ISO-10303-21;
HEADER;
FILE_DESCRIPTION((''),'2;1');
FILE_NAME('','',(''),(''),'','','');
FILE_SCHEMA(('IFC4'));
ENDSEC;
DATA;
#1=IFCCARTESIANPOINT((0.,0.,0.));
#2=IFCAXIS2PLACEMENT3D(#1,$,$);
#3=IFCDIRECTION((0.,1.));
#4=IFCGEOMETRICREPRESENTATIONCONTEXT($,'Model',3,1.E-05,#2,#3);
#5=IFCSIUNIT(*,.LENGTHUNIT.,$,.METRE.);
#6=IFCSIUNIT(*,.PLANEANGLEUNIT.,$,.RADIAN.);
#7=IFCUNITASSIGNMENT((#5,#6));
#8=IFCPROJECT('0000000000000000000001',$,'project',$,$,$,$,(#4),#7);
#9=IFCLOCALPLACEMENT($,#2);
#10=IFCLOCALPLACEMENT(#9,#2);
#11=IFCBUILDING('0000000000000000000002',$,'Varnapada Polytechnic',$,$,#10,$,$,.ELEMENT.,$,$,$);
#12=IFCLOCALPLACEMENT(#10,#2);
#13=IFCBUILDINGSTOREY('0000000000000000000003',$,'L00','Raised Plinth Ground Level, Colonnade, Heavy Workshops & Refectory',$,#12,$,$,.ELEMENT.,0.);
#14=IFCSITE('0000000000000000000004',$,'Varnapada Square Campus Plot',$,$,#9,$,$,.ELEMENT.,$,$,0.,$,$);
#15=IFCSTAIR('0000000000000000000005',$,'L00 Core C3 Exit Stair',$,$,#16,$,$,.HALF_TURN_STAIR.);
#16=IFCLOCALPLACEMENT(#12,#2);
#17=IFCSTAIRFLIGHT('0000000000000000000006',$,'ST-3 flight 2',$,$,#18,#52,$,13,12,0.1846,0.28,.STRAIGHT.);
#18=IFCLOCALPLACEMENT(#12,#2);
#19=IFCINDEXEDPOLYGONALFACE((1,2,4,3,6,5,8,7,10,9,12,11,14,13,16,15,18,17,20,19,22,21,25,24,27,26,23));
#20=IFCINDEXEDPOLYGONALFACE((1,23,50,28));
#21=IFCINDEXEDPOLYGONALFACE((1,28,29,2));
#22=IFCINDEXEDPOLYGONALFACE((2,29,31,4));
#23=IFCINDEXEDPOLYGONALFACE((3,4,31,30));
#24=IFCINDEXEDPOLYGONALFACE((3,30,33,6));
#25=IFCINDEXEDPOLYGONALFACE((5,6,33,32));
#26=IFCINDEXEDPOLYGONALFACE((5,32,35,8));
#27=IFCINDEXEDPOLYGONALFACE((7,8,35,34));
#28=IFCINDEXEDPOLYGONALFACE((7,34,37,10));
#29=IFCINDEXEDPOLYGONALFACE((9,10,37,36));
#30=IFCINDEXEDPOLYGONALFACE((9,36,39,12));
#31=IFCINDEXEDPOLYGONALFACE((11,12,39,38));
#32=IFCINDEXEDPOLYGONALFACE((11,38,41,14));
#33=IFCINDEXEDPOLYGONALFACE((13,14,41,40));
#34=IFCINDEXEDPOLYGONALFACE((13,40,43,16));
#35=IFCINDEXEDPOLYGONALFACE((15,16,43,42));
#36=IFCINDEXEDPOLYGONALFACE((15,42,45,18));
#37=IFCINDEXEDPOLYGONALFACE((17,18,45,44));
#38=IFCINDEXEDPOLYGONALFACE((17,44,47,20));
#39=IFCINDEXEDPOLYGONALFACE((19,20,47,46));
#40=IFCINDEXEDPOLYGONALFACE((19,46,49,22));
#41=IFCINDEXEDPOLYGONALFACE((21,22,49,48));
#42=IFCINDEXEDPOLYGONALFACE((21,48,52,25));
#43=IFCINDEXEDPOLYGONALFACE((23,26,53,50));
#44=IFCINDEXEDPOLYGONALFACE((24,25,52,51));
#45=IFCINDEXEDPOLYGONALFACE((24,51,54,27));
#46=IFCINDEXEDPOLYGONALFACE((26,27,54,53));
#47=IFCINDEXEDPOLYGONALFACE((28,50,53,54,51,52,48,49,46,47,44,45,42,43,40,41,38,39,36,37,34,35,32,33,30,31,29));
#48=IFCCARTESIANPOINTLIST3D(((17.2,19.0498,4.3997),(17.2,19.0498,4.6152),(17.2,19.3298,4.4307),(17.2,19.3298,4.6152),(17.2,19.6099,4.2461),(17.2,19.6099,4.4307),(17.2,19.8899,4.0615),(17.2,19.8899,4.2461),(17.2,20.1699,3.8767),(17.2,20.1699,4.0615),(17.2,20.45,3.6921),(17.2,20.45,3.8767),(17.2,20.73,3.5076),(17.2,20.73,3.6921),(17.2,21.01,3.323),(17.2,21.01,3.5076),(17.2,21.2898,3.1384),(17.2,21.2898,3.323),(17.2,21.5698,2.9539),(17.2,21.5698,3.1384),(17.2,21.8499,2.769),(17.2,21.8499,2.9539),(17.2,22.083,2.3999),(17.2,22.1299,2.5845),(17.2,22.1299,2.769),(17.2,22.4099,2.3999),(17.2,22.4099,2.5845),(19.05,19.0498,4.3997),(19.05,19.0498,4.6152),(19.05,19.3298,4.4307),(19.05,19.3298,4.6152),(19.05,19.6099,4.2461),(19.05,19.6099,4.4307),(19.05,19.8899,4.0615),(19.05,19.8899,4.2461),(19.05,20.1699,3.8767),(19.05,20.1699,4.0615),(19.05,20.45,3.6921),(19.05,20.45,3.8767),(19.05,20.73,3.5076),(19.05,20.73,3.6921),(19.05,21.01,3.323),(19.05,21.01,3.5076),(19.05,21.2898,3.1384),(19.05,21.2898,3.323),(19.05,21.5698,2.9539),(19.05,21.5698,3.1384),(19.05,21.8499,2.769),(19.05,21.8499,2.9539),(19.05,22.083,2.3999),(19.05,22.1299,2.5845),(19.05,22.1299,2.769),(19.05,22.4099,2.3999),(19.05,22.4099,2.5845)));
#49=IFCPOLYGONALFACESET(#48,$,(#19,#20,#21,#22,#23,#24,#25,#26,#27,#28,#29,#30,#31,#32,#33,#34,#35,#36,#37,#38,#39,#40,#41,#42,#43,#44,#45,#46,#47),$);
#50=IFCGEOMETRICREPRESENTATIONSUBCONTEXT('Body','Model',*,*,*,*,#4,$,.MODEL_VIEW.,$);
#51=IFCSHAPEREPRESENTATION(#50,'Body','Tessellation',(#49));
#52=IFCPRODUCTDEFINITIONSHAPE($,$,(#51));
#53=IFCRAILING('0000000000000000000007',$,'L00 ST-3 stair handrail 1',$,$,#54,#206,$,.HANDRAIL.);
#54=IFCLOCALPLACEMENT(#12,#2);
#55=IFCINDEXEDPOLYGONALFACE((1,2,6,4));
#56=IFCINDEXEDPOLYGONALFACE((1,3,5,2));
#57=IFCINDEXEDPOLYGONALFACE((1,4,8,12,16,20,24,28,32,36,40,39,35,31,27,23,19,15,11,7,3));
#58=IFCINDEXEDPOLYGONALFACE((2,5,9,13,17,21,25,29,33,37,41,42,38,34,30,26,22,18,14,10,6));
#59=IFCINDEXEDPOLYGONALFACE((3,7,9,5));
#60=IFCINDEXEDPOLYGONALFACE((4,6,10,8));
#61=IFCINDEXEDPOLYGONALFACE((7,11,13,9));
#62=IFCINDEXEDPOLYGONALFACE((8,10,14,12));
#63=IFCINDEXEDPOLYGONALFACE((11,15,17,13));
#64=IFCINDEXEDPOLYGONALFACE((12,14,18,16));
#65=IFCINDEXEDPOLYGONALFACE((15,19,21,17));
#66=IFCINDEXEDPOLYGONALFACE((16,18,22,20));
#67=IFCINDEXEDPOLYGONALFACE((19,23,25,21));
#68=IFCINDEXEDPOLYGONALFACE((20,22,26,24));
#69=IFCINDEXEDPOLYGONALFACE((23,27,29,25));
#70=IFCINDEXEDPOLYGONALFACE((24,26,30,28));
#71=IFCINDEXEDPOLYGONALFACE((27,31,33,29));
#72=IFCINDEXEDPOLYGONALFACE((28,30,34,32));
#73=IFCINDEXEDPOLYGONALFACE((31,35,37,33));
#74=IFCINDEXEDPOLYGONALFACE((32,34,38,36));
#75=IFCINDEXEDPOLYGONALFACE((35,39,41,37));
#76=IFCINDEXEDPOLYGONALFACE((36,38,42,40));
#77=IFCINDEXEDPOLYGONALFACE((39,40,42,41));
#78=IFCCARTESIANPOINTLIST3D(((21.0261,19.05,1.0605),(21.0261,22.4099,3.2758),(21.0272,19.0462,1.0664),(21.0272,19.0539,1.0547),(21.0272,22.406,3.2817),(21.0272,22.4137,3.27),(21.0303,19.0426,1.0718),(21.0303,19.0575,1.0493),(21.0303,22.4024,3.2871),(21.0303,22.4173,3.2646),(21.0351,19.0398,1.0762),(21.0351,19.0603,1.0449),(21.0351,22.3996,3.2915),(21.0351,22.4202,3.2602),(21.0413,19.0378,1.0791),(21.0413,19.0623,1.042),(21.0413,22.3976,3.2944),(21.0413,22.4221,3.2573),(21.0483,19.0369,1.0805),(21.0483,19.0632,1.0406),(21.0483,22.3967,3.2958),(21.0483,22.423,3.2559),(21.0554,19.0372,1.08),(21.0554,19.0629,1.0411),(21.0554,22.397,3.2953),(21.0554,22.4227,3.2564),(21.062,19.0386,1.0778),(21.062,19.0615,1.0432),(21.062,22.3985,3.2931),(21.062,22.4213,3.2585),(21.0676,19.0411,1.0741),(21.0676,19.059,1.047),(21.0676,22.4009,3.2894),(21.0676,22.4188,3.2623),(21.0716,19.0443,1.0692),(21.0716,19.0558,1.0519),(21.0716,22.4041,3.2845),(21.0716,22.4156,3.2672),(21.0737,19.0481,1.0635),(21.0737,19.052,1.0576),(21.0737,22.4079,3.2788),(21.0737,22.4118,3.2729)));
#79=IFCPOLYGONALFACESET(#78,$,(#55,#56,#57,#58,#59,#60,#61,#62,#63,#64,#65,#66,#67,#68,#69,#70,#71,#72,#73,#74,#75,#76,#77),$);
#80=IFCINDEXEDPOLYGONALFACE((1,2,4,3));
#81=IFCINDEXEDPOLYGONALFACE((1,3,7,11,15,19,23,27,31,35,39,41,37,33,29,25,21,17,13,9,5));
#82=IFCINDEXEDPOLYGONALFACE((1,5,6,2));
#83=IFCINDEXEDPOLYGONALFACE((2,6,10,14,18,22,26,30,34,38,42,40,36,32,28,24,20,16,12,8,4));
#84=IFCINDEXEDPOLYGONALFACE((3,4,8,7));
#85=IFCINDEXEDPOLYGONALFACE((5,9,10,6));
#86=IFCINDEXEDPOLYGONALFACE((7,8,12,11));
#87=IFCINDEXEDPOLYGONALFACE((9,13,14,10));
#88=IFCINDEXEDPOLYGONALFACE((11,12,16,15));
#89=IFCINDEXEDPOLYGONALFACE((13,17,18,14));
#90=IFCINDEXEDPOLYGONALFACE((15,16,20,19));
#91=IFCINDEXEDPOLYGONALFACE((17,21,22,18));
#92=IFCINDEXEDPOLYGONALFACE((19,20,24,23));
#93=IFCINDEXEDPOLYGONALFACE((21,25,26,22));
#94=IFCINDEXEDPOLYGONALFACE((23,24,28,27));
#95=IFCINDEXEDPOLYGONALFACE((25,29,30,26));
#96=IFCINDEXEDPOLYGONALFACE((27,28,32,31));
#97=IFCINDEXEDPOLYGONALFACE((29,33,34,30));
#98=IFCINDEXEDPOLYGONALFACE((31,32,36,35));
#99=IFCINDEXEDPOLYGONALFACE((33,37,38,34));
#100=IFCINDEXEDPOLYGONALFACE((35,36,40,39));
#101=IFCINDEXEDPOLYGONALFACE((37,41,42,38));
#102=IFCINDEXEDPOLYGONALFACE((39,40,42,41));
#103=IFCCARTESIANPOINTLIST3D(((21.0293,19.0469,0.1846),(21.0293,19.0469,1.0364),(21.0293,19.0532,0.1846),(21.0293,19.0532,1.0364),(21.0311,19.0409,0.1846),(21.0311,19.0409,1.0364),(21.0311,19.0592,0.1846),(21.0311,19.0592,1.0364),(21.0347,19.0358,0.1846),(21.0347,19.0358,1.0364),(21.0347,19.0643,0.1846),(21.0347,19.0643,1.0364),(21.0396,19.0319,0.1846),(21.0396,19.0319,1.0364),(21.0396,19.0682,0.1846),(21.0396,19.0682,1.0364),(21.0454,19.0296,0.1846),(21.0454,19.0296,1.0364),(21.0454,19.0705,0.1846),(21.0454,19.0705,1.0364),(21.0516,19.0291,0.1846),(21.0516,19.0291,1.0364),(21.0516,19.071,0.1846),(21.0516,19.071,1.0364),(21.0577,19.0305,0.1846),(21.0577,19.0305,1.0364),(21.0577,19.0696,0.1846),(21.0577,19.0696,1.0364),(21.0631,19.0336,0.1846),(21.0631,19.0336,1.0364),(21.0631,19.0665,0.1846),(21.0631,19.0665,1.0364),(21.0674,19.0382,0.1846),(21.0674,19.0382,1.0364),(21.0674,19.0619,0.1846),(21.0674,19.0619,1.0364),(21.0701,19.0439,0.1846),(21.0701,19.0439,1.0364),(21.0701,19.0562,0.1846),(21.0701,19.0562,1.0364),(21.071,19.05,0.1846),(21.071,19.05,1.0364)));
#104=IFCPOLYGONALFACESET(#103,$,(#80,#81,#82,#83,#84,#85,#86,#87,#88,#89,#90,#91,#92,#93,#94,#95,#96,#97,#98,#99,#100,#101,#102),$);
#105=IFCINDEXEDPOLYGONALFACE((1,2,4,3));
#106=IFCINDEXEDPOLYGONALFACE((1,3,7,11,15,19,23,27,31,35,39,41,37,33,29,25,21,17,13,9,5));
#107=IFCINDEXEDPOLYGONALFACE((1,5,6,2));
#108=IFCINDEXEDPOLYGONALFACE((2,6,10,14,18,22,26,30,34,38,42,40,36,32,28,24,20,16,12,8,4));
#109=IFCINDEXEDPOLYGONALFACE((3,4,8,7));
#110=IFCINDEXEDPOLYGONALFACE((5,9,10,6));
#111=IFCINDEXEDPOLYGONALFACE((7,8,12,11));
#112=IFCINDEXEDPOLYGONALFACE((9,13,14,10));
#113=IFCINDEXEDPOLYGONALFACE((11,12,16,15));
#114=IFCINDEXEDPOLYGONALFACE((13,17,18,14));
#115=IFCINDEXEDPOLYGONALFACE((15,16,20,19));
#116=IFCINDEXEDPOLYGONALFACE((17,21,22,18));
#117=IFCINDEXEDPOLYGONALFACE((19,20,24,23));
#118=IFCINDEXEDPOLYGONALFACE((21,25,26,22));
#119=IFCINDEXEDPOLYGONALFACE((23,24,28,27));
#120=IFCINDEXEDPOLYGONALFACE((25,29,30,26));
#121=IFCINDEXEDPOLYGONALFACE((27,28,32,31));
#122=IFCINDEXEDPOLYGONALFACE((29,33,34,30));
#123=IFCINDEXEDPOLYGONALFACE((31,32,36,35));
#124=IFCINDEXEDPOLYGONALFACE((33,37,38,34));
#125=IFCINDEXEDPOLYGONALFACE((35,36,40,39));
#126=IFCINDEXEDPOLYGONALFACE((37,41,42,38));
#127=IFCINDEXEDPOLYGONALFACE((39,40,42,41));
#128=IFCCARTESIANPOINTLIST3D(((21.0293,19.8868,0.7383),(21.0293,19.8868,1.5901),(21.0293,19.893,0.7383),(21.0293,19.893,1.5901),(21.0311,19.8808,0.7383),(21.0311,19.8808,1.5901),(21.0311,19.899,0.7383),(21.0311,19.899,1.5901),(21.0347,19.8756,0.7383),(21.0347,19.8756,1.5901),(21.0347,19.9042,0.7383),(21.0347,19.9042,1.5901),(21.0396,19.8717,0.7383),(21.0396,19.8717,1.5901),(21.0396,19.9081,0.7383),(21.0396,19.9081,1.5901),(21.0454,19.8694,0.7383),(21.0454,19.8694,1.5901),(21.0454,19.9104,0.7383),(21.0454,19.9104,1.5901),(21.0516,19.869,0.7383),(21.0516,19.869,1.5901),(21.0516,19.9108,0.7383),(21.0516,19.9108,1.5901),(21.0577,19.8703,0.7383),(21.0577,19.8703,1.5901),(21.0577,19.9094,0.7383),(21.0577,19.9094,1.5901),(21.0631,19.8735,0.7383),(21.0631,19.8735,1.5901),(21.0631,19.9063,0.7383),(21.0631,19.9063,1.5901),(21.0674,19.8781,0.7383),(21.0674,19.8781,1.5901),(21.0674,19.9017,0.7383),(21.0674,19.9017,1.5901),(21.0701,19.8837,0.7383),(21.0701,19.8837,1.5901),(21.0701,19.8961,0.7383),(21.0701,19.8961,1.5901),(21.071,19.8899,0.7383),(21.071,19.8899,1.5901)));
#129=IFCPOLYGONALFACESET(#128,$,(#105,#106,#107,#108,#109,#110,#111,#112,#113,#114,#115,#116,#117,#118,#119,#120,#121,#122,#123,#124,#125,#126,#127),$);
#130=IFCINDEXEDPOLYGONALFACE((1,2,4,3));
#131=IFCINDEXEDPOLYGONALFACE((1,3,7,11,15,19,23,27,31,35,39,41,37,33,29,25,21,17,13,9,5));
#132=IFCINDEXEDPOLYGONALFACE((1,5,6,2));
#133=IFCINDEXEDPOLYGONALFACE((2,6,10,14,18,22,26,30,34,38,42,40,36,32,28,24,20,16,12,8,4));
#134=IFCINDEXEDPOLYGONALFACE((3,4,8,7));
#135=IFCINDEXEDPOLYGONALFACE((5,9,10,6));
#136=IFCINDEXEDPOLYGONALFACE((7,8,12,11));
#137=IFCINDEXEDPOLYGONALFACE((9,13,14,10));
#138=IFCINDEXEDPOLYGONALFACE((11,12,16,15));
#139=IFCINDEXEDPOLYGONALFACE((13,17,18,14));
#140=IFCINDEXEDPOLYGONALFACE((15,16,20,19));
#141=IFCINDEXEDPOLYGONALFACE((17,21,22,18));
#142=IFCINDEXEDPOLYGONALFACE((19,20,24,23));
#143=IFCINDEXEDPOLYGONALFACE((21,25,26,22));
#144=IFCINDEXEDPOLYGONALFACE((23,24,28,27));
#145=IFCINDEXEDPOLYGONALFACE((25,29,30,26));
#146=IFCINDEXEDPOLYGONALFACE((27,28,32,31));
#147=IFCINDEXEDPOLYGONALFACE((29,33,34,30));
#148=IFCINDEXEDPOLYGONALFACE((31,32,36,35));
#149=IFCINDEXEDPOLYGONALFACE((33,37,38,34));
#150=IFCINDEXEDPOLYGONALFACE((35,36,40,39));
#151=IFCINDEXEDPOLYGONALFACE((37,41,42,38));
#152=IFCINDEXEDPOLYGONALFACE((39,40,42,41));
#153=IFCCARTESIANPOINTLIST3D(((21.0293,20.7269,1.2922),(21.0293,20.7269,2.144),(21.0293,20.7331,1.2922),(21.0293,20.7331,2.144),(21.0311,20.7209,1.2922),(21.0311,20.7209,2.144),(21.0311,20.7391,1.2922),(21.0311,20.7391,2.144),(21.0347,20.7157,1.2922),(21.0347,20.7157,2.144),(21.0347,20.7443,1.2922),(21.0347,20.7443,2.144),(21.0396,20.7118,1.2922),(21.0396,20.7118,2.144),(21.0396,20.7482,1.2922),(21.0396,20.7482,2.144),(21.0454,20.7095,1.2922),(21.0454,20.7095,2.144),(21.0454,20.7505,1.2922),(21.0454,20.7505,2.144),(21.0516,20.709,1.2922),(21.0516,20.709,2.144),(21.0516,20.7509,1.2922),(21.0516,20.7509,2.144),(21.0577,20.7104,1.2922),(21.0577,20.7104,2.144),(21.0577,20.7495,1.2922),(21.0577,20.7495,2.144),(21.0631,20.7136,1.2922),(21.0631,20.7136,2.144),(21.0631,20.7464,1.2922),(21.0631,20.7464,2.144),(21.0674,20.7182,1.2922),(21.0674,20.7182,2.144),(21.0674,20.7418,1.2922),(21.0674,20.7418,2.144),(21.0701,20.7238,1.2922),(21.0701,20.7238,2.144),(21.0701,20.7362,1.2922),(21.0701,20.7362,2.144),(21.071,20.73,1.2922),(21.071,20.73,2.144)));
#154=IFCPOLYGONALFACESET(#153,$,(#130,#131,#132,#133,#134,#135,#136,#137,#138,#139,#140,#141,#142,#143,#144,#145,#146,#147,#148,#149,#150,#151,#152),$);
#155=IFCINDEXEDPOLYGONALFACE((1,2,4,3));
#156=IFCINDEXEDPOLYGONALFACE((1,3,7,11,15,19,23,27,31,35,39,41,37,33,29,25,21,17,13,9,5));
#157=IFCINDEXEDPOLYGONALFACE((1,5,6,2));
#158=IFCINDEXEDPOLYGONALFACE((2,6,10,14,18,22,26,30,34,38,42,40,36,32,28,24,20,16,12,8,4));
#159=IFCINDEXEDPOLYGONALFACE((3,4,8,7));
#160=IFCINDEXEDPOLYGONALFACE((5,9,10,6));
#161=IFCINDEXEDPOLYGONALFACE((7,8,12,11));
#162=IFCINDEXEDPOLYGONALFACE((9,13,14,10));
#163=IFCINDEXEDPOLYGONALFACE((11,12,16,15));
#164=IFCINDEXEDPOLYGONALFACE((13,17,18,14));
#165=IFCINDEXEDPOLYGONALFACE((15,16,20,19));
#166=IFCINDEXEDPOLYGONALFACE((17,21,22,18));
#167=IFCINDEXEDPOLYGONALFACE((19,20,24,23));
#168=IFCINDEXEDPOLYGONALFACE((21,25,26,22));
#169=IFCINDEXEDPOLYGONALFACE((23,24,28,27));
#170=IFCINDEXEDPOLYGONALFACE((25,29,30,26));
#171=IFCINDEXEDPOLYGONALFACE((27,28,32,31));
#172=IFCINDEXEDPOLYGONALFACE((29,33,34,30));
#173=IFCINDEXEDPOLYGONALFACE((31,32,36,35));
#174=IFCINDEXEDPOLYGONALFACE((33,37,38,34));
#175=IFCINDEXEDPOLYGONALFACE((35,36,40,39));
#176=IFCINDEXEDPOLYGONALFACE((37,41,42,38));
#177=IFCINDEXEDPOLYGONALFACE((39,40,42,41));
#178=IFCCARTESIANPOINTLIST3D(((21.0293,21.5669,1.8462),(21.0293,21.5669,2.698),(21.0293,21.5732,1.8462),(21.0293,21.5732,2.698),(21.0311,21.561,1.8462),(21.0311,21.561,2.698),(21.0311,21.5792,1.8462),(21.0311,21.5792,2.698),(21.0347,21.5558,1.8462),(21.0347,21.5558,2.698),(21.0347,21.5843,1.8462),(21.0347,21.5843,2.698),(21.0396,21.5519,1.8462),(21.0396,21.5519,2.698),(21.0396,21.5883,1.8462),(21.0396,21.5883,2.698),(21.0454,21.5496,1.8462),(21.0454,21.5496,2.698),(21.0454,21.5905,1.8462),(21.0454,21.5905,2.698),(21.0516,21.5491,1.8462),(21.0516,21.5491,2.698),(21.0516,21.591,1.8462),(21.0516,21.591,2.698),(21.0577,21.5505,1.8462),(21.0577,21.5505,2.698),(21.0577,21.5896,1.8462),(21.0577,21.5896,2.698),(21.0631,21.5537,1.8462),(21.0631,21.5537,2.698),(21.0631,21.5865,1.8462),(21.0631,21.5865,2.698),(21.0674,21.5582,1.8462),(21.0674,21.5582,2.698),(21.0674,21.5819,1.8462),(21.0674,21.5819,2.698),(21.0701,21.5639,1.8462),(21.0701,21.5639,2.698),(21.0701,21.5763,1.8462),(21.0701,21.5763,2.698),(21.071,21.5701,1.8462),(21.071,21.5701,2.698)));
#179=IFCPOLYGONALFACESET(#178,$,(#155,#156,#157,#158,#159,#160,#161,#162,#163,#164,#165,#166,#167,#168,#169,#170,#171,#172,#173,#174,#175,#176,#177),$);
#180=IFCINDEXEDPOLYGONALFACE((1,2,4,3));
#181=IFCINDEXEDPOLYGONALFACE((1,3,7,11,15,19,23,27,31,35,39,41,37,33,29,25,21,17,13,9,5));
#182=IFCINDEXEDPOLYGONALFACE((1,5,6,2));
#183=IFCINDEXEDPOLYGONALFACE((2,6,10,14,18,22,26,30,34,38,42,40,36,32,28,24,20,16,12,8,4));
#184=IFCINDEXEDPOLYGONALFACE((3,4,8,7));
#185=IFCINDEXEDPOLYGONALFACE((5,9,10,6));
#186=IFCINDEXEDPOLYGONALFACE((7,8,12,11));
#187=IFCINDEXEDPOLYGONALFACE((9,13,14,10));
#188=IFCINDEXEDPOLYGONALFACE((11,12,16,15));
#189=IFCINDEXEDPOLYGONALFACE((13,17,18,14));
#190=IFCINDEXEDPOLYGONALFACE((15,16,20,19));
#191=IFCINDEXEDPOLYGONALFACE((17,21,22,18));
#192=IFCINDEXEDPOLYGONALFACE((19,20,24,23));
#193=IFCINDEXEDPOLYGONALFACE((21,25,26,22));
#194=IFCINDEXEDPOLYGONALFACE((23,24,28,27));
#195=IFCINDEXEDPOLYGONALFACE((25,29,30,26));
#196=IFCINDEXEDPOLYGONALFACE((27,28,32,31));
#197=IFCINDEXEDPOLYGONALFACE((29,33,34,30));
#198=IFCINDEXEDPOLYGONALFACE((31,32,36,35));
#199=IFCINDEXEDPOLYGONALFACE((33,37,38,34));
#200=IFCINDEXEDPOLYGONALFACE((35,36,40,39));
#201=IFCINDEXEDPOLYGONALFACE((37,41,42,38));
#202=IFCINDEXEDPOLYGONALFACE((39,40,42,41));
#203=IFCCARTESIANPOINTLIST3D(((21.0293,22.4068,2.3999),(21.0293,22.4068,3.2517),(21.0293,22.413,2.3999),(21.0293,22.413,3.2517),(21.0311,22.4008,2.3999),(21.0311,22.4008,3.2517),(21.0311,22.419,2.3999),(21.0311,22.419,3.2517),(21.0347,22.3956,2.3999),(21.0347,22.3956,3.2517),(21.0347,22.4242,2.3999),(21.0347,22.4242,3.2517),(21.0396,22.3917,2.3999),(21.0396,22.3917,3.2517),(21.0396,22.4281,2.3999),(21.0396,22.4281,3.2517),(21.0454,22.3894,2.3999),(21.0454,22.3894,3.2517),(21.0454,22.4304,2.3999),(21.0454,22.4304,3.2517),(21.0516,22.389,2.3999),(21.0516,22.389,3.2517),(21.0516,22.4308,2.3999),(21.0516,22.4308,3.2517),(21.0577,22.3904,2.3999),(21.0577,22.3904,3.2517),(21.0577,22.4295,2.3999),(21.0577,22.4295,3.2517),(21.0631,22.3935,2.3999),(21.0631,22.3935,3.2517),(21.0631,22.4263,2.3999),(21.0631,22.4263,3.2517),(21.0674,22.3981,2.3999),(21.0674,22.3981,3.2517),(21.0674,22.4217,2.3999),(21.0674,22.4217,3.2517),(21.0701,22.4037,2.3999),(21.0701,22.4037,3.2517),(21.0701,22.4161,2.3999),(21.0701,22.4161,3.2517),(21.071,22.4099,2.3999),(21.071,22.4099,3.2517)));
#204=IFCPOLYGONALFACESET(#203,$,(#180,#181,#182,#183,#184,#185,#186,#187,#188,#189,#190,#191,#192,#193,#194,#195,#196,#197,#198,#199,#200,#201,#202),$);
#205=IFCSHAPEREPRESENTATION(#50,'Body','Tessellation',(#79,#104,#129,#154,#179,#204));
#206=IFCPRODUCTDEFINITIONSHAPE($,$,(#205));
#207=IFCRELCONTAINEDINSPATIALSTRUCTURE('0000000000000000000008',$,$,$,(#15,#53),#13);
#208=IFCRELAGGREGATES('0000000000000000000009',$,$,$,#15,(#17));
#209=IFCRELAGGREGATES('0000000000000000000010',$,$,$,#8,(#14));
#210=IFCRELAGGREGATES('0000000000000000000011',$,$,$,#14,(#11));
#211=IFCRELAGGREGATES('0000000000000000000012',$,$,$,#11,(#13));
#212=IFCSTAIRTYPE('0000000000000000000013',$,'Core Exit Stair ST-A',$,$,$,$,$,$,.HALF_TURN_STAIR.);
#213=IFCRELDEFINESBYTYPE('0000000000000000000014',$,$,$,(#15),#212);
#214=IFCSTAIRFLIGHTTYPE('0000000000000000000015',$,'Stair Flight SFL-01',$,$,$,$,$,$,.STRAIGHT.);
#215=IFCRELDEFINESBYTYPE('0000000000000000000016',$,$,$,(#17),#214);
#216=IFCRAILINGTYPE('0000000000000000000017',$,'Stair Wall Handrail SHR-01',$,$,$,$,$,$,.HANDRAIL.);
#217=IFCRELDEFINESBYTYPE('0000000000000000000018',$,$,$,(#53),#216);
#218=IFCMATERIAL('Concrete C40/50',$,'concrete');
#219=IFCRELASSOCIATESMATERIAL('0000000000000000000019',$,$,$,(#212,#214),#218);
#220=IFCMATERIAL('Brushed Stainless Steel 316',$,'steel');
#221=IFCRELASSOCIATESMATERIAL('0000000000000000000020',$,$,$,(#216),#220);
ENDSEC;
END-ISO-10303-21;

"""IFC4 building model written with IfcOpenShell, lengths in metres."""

from ifc_helpers import new_model, si_unit, direction, frame, origin, origin_2d, place, context, subcontext, project, spatial, polyline, circle, outline, extrude, material, type_object, element, aggregate, save


model = new_model("IFC4")

# Units and contexts
model_context = context("Model", 3, precision=1e-05, world=origin(), true_north=direction((0.0, 1.0)))
body_context = subcontext(model_context, "Body", "Model", "MODEL_VIEW")
ifc_project = project(units=[si_unit("LENGTHUNIT", "METRE"), si_unit("PLANEANGLEUNIT", "RADIAN")], contexts=[model_context])

# Site, building, storey
site_placement = place(None, origin())
site = spatial("IfcSite", under=ifc_project, at=site_placement, Name="Varnapada Square Campus Plot", CompositionType="ELEMENT", RefElevation=0.0)
building_placement = place(site_placement, origin())
building = spatial("IfcBuilding", under=site, at=building_placement, Name="Varnapada Polytechnic", CompositionType="ELEMENT")
storey_placement = place(building_placement, origin())
storey = spatial("IfcBuildingStorey", under=building, at=storey_placement, Name="L00", Description="Raised Plinth Ground Level, Colonnade, Heavy Workshops & Refectory", CompositionType="ELEMENT", Elevation=0.0)

# Shared definitions
ifc_material_1 = material(Name="Concrete C40/50", Category="concrete")

# Shared definitions
ifc_material_2 = material(Name="Brushed Stainless Steel 316", Category="steel")

# Stair, stair flight
stair_type = type_object("IfcStairType", Name="Core Exit Stair ST-A", PredefinedType="HALF_TURN_STAIR", material=ifc_material_1)
stair_placement = place(storey_placement, origin())
stair = element("IfcStair", 1, at=stair_placement, inside=storey, type_object=stair_type, Name="L00 Core C3 Exit Stair", PredefinedType="HALF_TURN_STAIR")
stair_flight_type = type_object("IfcStairFlightType", Name="Stair Flight SFL-01", PredefinedType="STRAIGHT", material=ifc_material_1)
stair_flight_1_placement = place(storey_placement, frame((18.125, 22.4099, 2.3999), z_axis=(0.0, 0.0, 1.0), x_axis=(0.0, -1.0, 0.0)))
stair_flight_1 = element("IfcStairFlight", 2, at=stair_flight_1_placement, type_object=stair_flight_type, Name="ST-3 flight 2", NumberOfRisers=13, NumberOfTreads=12, PredefinedType="STRAIGHT", RiserHeight=0.1846, TreadLength=0.28, context=body_context, shape_type="SweptSolid", body=[
    extrude(outline(polyline([(0.0, 0.0), (0.0, 0.1846), (0.28, 0.1846), (0.28, 0.3691), (0.5601, 0.3691), (0.5601, 0.554), (0.8401, 0.554), (0.8401, 0.7385), (1.1201, 0.7385), (1.1201, 0.9231), (1.3999, 0.9231), (1.3999, 1.1077), (1.6799, 1.1077), (1.6799, 1.2922), (1.96, 1.2922), (1.96, 1.4768), (2.24, 1.4768), (2.24, 1.6616), (2.52, 1.6616), (2.52, 1.8462), (2.8, 1.8462), (2.8, 2.0308), (3.0801, 2.0308), (3.0801, 2.2153), (3.3601, 2.2153), (3.3601, 2.3999), (3.3601, 1.9998), (0.3269, 0.0), (0.0, 0.0)])), frame((0.0, 0.925, 0.0), z_axis=(0.0, -1.0, 0.0), x_axis=(1.0, 0.0, 0.0)), (0.0, 0.0, 1.0), 1.8501),
])
aggregate(stair, [stair_flight_1])

# Railing
railing_type_1 = type_object("IfcRailingType", Name="Stair Wall Handrail SHR-01", PredefinedType="HANDRAIL", material=ifc_material_2)
railing_1_placement = place(storey_placement, frame((21.05, 19.05, 0.1846)))
element("IfcRailing", 3, at=railing_1_placement, inside=storey, type_object=railing_type_1, Name="L00 ST-3 stair handrail 1", PredefinedType="HANDRAIL", context=body_context, shape_type="SweptSolid", body=[
    extrude(circle(Radius=0.0239, at=origin_2d()), frame((0.0, 0.0, 0.876), z_axis=(0.0, 0.834858, 0.550465), x_axis=(-1.0, 0.0, 0.0)), (0.0, 0.0, 1.0), 4.0244),
    extrude(circle(Radius=0.021, at=origin_2d()), origin(), (0.0, 0.0, 1.0), 0.8518),
    extrude(circle(Radius=0.021, at=origin_2d()), frame((0.0, 0.8398, 0.5537)), (0.0, 0.0, 1.0), 0.8518),
    extrude(circle(Radius=0.021, at=origin_2d()), frame((0.0, 1.6799, 1.1077)), (0.0, 0.0, 1.0), 0.8518),
    extrude(circle(Radius=0.021, at=origin_2d()), frame((0.0, 2.52, 1.6616)), (0.0, 0.0, 1.0), 0.8518),
    extrude(circle(Radius=0.021, at=origin_2d()), frame((0.0, 3.3599, 2.2153)), (0.0, 0.0, 1.0), 0.8518),
])

save(model, "model.ifc")
